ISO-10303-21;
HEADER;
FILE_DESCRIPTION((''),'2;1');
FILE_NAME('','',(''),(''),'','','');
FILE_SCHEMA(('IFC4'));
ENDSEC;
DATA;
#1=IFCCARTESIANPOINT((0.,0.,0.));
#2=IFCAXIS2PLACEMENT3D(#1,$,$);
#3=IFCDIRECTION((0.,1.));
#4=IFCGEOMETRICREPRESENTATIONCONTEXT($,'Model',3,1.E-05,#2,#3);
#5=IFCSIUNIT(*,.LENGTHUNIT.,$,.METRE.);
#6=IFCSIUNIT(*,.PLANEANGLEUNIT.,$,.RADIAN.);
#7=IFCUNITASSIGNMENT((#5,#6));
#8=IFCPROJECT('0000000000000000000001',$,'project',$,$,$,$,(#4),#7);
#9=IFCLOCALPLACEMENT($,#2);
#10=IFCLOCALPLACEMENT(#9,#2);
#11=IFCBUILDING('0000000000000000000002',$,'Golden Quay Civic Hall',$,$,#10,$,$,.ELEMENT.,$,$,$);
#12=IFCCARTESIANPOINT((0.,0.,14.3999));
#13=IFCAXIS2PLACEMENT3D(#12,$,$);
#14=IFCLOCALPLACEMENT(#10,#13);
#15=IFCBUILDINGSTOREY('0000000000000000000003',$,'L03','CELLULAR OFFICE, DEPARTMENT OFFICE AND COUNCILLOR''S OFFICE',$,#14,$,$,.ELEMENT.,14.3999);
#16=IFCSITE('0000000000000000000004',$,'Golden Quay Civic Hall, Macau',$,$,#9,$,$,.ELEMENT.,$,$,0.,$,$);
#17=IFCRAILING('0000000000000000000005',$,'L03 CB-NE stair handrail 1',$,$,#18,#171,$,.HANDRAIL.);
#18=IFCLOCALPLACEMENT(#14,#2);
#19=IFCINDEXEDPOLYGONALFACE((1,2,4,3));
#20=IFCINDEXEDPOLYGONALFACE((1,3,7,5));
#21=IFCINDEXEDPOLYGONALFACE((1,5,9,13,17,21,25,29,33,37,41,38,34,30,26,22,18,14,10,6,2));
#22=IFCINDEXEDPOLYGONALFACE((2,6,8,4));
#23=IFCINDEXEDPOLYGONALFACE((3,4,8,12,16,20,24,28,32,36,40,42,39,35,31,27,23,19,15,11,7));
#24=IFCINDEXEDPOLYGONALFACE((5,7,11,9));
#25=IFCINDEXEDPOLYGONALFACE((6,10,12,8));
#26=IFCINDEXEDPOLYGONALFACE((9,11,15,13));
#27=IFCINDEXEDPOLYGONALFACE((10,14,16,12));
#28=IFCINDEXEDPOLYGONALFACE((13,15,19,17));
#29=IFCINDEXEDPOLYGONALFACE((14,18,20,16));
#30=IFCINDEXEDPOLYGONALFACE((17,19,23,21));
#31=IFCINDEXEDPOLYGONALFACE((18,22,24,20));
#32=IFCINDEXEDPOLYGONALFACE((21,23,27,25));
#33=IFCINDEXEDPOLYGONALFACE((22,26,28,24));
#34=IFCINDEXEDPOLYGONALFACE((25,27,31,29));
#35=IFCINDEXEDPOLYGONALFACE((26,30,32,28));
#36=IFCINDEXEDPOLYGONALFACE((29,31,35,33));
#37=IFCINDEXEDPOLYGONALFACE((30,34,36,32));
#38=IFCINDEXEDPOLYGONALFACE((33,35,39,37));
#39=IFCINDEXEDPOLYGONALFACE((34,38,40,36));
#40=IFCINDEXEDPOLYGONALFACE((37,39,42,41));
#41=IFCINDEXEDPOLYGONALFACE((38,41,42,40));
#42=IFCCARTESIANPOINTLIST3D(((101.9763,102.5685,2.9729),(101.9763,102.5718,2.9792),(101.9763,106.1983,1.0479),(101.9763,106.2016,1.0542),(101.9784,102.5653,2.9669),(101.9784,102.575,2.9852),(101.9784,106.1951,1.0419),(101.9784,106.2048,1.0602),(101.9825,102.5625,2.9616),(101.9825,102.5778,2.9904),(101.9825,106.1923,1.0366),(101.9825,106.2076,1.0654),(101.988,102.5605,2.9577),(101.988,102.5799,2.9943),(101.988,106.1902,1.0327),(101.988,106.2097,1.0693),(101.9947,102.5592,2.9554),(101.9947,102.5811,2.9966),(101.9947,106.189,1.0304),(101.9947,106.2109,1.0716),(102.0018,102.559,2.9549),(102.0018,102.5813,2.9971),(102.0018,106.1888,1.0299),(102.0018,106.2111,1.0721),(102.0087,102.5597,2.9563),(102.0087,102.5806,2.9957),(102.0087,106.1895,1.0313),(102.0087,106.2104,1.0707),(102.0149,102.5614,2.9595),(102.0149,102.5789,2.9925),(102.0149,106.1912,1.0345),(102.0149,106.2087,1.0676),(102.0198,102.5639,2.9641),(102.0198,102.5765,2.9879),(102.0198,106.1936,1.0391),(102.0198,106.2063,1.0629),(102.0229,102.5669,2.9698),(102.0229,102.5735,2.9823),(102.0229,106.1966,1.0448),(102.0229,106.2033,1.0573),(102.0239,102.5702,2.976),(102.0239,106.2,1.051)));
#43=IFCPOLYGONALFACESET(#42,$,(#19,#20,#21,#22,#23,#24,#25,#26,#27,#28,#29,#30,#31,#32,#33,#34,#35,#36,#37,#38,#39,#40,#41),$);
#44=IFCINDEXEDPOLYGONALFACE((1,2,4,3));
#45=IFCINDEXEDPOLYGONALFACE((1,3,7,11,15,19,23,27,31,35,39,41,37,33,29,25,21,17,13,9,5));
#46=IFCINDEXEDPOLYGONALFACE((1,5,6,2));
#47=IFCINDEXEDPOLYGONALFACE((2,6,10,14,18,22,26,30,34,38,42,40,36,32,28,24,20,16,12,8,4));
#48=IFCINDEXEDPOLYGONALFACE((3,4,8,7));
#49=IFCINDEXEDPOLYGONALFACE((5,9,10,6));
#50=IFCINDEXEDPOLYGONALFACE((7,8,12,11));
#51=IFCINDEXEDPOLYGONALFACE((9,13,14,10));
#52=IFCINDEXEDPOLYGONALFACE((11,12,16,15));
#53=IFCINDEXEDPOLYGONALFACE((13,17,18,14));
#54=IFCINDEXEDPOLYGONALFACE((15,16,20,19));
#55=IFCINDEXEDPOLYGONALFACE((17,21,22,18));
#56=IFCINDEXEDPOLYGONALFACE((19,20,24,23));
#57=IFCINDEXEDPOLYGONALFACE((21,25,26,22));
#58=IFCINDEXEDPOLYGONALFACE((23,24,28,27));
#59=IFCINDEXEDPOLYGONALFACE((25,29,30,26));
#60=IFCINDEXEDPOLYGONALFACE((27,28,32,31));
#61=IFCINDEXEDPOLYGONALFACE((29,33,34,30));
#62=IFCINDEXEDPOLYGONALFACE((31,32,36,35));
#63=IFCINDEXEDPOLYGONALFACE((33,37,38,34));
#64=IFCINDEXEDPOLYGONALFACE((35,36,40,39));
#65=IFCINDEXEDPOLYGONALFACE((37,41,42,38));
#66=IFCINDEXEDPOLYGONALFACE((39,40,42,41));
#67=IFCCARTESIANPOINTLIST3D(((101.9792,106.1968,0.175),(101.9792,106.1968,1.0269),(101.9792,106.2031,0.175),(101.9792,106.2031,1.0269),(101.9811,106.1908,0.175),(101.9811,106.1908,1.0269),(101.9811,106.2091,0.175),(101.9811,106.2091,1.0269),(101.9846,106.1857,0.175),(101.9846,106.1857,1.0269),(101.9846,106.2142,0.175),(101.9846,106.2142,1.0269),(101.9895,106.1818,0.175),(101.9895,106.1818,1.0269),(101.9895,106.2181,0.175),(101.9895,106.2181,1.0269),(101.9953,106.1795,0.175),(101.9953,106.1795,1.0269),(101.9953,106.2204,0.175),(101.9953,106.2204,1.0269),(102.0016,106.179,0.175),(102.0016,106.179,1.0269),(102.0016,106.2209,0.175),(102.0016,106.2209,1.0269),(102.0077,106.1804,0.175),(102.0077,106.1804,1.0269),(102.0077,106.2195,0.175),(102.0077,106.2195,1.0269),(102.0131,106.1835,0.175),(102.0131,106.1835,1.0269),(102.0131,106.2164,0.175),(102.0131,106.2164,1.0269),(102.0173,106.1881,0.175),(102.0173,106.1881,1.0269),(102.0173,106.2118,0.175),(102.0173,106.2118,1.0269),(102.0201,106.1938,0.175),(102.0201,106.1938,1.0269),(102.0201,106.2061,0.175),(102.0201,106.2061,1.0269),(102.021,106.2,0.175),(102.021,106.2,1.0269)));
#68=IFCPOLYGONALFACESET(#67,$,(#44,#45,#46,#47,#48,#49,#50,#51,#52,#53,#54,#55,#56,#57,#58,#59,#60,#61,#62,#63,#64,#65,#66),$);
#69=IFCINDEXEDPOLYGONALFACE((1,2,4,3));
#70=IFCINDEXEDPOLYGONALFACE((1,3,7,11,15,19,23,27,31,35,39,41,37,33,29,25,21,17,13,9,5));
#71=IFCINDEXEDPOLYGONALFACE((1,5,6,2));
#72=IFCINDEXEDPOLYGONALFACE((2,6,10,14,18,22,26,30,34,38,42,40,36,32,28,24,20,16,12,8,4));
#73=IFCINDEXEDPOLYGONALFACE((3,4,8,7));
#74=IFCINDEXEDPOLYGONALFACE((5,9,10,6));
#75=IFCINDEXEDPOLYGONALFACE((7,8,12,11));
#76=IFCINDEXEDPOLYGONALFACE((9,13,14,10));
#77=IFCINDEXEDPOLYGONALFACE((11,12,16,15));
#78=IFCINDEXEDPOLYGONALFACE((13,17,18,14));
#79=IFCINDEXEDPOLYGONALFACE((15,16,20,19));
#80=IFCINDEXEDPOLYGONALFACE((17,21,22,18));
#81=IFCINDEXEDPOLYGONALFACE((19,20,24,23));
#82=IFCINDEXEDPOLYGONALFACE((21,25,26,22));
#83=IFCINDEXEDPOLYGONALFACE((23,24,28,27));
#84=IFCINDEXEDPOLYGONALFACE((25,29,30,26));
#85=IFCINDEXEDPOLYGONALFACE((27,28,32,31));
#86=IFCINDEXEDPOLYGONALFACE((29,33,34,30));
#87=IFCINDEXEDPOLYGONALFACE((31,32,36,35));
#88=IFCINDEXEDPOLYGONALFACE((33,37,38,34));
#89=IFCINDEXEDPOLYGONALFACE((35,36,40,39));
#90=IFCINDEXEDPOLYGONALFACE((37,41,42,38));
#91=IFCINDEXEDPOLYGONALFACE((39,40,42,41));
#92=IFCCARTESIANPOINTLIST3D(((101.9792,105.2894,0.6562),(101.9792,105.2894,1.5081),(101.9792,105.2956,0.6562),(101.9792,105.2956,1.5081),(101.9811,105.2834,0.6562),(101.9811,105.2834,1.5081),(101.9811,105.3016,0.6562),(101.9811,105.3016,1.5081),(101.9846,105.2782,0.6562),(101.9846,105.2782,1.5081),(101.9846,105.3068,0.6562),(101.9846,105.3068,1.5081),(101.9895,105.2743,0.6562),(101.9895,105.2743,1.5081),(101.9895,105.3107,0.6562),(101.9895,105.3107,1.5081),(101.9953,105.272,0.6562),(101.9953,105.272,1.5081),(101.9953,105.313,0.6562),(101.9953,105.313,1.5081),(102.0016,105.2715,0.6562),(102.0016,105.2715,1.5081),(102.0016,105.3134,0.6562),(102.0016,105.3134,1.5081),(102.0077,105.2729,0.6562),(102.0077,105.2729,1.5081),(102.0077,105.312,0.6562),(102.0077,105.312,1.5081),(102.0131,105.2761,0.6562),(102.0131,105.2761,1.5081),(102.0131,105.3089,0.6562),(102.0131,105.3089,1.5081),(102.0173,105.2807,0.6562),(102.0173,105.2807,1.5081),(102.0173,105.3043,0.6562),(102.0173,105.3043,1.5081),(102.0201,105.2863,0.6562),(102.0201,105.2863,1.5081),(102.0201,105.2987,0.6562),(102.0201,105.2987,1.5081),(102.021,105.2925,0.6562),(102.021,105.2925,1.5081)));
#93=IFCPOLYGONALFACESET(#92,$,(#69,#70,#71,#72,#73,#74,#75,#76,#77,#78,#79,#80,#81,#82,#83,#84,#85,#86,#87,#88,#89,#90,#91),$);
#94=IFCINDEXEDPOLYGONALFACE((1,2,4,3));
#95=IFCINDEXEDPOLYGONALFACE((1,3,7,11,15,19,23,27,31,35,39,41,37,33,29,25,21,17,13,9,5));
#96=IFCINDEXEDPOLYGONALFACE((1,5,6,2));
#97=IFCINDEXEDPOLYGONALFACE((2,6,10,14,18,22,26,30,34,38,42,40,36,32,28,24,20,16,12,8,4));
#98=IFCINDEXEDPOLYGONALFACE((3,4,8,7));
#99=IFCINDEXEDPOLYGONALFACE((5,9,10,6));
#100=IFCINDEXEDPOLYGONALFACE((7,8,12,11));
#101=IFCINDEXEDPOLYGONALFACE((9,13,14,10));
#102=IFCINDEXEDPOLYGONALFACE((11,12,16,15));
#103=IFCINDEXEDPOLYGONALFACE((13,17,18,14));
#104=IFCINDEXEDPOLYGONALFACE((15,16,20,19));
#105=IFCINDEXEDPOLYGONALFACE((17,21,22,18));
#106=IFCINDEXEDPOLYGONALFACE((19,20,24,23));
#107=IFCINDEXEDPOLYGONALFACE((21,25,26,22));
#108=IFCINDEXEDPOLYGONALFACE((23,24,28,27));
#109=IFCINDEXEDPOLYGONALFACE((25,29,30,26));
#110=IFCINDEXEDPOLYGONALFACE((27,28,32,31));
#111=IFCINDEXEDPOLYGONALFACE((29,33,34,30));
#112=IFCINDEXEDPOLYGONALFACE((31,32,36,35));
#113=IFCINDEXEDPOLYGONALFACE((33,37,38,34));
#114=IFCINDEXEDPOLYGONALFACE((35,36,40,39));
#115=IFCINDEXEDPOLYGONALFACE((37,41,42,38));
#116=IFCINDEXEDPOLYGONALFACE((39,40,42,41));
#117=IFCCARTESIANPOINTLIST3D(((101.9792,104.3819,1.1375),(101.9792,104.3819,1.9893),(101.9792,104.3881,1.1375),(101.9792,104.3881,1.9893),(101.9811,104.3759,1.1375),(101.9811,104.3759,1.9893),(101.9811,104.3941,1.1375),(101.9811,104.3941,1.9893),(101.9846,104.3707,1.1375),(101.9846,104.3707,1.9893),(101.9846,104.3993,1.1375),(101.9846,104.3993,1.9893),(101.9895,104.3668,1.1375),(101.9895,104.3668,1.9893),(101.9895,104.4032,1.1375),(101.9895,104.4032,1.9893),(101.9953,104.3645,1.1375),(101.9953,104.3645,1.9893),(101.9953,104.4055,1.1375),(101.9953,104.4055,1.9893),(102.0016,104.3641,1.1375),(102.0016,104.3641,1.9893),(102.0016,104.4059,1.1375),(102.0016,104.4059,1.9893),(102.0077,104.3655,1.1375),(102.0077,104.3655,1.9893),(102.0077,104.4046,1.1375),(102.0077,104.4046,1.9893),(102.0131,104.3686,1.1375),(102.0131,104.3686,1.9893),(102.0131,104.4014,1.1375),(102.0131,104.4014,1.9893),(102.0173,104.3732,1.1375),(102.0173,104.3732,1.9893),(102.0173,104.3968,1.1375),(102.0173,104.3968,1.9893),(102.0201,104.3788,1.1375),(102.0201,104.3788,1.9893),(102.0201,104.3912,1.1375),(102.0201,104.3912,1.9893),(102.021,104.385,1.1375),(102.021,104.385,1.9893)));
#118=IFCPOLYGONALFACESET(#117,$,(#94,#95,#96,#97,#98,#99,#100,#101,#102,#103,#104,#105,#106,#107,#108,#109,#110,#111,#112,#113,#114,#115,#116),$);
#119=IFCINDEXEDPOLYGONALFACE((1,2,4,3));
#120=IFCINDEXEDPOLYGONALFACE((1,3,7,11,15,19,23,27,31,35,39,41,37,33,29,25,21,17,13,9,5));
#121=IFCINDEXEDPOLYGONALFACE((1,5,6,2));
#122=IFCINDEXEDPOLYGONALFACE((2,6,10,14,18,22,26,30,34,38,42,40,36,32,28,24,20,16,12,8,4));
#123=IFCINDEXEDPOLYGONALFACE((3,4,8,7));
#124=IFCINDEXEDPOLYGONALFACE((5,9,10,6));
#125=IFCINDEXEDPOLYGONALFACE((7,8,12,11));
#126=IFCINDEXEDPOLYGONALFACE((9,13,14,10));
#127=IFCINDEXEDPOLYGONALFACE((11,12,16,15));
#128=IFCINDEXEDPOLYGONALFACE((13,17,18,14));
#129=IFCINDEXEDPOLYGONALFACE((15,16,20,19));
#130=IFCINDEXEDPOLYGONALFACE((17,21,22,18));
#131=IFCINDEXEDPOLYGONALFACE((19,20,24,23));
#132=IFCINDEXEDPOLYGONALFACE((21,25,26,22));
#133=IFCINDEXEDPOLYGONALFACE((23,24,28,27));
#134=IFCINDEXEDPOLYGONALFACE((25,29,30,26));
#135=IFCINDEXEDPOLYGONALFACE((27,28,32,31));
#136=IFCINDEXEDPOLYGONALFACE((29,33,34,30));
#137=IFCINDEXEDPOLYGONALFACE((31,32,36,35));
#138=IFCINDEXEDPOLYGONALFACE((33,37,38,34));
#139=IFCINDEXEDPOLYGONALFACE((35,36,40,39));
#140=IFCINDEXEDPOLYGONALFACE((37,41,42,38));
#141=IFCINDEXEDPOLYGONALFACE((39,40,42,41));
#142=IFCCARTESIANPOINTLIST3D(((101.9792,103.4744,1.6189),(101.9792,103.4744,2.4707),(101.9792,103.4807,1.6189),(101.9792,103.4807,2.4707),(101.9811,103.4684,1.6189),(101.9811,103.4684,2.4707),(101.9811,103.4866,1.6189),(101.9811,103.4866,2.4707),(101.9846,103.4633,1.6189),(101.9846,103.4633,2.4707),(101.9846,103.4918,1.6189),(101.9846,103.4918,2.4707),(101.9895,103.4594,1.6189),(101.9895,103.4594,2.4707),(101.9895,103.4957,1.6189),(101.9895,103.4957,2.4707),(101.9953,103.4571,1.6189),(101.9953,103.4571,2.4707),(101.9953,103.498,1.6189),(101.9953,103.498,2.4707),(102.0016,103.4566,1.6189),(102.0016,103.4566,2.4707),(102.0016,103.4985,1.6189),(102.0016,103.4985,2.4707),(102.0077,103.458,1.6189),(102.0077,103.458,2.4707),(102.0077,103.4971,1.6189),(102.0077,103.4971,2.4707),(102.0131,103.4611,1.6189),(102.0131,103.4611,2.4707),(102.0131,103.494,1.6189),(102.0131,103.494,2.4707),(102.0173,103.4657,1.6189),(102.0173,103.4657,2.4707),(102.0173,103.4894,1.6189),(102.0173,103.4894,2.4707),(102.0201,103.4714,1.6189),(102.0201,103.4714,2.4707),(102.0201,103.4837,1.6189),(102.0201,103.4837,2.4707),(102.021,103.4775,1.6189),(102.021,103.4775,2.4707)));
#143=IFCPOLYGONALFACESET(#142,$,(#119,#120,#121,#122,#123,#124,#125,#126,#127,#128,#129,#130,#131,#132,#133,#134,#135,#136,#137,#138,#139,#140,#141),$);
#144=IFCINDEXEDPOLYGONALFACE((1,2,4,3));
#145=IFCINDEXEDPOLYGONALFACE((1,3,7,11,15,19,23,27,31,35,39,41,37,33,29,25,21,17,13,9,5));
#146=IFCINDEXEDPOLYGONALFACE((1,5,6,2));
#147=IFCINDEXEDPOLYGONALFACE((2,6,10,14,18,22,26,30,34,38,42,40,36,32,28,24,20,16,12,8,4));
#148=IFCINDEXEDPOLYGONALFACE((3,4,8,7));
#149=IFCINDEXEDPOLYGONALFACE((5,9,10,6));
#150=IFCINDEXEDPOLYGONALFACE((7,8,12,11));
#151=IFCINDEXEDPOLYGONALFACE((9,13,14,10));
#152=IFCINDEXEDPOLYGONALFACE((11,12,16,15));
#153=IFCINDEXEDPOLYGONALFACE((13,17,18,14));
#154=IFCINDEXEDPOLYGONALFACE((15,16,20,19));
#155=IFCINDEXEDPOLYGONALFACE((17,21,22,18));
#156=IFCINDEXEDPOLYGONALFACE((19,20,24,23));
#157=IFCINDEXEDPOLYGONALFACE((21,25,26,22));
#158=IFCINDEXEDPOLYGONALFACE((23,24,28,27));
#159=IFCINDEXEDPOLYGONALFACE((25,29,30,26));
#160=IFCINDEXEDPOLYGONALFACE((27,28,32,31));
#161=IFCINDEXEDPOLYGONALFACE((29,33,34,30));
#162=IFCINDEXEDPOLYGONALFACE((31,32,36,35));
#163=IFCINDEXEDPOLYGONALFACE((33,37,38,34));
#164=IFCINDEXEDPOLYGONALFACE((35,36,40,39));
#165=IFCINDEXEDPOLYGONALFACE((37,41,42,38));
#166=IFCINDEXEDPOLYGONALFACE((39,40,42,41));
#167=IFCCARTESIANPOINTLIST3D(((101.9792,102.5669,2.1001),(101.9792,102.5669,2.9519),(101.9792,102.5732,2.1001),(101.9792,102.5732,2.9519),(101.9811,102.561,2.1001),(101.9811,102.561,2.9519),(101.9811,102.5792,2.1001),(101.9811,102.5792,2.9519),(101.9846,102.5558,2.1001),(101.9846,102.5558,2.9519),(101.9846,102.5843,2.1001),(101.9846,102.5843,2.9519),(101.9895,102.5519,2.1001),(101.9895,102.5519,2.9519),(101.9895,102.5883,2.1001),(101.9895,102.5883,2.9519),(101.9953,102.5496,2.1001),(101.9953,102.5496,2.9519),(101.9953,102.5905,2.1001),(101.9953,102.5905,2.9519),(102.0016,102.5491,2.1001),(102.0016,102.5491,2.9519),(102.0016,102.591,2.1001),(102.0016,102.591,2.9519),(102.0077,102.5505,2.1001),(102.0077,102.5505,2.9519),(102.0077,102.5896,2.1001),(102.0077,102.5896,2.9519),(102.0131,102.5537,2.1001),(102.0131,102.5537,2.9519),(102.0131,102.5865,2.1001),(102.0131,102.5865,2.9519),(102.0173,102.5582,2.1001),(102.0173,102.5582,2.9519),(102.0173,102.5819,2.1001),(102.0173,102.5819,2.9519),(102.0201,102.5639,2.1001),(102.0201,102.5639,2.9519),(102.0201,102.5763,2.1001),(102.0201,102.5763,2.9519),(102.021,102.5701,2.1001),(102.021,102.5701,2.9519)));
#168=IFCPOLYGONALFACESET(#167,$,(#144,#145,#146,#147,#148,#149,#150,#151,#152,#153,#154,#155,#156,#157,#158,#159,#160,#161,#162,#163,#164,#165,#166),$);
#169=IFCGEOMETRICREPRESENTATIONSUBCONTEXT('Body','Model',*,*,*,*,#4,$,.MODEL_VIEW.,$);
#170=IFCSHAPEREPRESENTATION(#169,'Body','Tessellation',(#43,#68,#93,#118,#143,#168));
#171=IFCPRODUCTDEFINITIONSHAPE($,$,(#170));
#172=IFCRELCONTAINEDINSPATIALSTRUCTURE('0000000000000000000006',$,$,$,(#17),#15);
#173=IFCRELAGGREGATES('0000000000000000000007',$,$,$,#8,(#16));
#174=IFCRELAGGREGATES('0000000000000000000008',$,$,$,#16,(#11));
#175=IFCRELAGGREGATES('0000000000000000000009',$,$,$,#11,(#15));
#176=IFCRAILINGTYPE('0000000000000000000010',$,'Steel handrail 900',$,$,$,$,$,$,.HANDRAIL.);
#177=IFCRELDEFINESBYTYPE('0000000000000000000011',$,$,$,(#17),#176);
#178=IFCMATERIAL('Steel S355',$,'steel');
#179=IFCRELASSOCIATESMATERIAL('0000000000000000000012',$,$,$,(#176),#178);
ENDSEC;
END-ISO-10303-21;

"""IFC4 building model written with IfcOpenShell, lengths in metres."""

from ifc_helpers import new_model, si_unit, direction, frame, origin, origin_2d, place, context, subcontext, project, spatial, circle, extrude, material, type_object, element, save


model = new_model("IFC4")

# Units and contexts
model_context = context("Model", 3, precision=1e-05, world=origin(), true_north=direction((0.0, 1.0)))
body_context = subcontext(model_context, "Body", "Model", "MODEL_VIEW")
ifc_project = project(units=[si_unit("LENGTHUNIT", "METRE"), si_unit("PLANEANGLEUNIT", "RADIAN")], contexts=[model_context])

# Site, building, storey
site_placement = place(None, origin())
site = spatial("IfcSite", under=ifc_project, at=site_placement, Name="Golden Quay Civic Hall, Macau", CompositionType="ELEMENT", RefElevation=0.0)
building_placement = place(site_placement, origin())
building = spatial("IfcBuilding", under=site, at=building_placement, Name="Golden Quay Civic Hall", CompositionType="ELEMENT")
storey_placement = place(building_placement, frame((0.0, 0.0, 14.3999)))
storey = spatial("IfcBuildingStorey", under=building, at=storey_placement, Name="L03", Description="CELLULAR OFFICE, DEPARTMENT OFFICE AND COUNCILLOR'S OFFICE", CompositionType="ELEMENT", Elevation=14.3999)

# Railing
ifc_material_1 = material(Name="Steel S355", Category="steel")
railing_type = type_object("IfcRailingType", Name="Steel handrail 900", PredefinedType="HANDRAIL", material=ifc_material_1)
railing_placement = place(storey_placement, frame((102.0, 106.2, 0.175)))
element("IfcRailing", 1, at=railing_placement, inside=storey, type_object=railing_type, Name="L03 CB-NE stair handrail 1", PredefinedType="HANDRAIL", context=body_context, shape_type="SweptSolid", body=[
    extrude(circle(Radius=0.0239, at=origin_2d()), frame((0.0, 0.0, 0.876), z_axis=(0.0, -0.883451, 0.468524), x_axis=(1.0, 0.0, 0.0)), (0.0, 0.0, 1.0), 4.1086),
    extrude(circle(Radius=0.021, at=origin_2d()), origin(), (0.0, 0.0, 1.0), 0.8518),
    extrude(circle(Radius=0.021, at=origin_2d()), frame((0.0, -0.9075, 0.4812)), (0.0, 0.0, 1.0), 0.8518),
    extrude(circle(Radius=0.021, at=origin_2d()), frame((0.0, -1.8149, 0.9624)), (0.0, 0.0, 1.0), 0.8518),
    extrude(circle(Radius=0.021, at=origin_2d()), frame((0.0, -2.7224, 1.4438)), (0.0, 0.0, 1.0), 0.8518),
    extrude(circle(Radius=0.021, at=origin_2d()), frame((0.0, -3.6299, 1.925)), (0.0, 0.0, 1.0), 0.8518),
])

save(model, "model.ifc")
